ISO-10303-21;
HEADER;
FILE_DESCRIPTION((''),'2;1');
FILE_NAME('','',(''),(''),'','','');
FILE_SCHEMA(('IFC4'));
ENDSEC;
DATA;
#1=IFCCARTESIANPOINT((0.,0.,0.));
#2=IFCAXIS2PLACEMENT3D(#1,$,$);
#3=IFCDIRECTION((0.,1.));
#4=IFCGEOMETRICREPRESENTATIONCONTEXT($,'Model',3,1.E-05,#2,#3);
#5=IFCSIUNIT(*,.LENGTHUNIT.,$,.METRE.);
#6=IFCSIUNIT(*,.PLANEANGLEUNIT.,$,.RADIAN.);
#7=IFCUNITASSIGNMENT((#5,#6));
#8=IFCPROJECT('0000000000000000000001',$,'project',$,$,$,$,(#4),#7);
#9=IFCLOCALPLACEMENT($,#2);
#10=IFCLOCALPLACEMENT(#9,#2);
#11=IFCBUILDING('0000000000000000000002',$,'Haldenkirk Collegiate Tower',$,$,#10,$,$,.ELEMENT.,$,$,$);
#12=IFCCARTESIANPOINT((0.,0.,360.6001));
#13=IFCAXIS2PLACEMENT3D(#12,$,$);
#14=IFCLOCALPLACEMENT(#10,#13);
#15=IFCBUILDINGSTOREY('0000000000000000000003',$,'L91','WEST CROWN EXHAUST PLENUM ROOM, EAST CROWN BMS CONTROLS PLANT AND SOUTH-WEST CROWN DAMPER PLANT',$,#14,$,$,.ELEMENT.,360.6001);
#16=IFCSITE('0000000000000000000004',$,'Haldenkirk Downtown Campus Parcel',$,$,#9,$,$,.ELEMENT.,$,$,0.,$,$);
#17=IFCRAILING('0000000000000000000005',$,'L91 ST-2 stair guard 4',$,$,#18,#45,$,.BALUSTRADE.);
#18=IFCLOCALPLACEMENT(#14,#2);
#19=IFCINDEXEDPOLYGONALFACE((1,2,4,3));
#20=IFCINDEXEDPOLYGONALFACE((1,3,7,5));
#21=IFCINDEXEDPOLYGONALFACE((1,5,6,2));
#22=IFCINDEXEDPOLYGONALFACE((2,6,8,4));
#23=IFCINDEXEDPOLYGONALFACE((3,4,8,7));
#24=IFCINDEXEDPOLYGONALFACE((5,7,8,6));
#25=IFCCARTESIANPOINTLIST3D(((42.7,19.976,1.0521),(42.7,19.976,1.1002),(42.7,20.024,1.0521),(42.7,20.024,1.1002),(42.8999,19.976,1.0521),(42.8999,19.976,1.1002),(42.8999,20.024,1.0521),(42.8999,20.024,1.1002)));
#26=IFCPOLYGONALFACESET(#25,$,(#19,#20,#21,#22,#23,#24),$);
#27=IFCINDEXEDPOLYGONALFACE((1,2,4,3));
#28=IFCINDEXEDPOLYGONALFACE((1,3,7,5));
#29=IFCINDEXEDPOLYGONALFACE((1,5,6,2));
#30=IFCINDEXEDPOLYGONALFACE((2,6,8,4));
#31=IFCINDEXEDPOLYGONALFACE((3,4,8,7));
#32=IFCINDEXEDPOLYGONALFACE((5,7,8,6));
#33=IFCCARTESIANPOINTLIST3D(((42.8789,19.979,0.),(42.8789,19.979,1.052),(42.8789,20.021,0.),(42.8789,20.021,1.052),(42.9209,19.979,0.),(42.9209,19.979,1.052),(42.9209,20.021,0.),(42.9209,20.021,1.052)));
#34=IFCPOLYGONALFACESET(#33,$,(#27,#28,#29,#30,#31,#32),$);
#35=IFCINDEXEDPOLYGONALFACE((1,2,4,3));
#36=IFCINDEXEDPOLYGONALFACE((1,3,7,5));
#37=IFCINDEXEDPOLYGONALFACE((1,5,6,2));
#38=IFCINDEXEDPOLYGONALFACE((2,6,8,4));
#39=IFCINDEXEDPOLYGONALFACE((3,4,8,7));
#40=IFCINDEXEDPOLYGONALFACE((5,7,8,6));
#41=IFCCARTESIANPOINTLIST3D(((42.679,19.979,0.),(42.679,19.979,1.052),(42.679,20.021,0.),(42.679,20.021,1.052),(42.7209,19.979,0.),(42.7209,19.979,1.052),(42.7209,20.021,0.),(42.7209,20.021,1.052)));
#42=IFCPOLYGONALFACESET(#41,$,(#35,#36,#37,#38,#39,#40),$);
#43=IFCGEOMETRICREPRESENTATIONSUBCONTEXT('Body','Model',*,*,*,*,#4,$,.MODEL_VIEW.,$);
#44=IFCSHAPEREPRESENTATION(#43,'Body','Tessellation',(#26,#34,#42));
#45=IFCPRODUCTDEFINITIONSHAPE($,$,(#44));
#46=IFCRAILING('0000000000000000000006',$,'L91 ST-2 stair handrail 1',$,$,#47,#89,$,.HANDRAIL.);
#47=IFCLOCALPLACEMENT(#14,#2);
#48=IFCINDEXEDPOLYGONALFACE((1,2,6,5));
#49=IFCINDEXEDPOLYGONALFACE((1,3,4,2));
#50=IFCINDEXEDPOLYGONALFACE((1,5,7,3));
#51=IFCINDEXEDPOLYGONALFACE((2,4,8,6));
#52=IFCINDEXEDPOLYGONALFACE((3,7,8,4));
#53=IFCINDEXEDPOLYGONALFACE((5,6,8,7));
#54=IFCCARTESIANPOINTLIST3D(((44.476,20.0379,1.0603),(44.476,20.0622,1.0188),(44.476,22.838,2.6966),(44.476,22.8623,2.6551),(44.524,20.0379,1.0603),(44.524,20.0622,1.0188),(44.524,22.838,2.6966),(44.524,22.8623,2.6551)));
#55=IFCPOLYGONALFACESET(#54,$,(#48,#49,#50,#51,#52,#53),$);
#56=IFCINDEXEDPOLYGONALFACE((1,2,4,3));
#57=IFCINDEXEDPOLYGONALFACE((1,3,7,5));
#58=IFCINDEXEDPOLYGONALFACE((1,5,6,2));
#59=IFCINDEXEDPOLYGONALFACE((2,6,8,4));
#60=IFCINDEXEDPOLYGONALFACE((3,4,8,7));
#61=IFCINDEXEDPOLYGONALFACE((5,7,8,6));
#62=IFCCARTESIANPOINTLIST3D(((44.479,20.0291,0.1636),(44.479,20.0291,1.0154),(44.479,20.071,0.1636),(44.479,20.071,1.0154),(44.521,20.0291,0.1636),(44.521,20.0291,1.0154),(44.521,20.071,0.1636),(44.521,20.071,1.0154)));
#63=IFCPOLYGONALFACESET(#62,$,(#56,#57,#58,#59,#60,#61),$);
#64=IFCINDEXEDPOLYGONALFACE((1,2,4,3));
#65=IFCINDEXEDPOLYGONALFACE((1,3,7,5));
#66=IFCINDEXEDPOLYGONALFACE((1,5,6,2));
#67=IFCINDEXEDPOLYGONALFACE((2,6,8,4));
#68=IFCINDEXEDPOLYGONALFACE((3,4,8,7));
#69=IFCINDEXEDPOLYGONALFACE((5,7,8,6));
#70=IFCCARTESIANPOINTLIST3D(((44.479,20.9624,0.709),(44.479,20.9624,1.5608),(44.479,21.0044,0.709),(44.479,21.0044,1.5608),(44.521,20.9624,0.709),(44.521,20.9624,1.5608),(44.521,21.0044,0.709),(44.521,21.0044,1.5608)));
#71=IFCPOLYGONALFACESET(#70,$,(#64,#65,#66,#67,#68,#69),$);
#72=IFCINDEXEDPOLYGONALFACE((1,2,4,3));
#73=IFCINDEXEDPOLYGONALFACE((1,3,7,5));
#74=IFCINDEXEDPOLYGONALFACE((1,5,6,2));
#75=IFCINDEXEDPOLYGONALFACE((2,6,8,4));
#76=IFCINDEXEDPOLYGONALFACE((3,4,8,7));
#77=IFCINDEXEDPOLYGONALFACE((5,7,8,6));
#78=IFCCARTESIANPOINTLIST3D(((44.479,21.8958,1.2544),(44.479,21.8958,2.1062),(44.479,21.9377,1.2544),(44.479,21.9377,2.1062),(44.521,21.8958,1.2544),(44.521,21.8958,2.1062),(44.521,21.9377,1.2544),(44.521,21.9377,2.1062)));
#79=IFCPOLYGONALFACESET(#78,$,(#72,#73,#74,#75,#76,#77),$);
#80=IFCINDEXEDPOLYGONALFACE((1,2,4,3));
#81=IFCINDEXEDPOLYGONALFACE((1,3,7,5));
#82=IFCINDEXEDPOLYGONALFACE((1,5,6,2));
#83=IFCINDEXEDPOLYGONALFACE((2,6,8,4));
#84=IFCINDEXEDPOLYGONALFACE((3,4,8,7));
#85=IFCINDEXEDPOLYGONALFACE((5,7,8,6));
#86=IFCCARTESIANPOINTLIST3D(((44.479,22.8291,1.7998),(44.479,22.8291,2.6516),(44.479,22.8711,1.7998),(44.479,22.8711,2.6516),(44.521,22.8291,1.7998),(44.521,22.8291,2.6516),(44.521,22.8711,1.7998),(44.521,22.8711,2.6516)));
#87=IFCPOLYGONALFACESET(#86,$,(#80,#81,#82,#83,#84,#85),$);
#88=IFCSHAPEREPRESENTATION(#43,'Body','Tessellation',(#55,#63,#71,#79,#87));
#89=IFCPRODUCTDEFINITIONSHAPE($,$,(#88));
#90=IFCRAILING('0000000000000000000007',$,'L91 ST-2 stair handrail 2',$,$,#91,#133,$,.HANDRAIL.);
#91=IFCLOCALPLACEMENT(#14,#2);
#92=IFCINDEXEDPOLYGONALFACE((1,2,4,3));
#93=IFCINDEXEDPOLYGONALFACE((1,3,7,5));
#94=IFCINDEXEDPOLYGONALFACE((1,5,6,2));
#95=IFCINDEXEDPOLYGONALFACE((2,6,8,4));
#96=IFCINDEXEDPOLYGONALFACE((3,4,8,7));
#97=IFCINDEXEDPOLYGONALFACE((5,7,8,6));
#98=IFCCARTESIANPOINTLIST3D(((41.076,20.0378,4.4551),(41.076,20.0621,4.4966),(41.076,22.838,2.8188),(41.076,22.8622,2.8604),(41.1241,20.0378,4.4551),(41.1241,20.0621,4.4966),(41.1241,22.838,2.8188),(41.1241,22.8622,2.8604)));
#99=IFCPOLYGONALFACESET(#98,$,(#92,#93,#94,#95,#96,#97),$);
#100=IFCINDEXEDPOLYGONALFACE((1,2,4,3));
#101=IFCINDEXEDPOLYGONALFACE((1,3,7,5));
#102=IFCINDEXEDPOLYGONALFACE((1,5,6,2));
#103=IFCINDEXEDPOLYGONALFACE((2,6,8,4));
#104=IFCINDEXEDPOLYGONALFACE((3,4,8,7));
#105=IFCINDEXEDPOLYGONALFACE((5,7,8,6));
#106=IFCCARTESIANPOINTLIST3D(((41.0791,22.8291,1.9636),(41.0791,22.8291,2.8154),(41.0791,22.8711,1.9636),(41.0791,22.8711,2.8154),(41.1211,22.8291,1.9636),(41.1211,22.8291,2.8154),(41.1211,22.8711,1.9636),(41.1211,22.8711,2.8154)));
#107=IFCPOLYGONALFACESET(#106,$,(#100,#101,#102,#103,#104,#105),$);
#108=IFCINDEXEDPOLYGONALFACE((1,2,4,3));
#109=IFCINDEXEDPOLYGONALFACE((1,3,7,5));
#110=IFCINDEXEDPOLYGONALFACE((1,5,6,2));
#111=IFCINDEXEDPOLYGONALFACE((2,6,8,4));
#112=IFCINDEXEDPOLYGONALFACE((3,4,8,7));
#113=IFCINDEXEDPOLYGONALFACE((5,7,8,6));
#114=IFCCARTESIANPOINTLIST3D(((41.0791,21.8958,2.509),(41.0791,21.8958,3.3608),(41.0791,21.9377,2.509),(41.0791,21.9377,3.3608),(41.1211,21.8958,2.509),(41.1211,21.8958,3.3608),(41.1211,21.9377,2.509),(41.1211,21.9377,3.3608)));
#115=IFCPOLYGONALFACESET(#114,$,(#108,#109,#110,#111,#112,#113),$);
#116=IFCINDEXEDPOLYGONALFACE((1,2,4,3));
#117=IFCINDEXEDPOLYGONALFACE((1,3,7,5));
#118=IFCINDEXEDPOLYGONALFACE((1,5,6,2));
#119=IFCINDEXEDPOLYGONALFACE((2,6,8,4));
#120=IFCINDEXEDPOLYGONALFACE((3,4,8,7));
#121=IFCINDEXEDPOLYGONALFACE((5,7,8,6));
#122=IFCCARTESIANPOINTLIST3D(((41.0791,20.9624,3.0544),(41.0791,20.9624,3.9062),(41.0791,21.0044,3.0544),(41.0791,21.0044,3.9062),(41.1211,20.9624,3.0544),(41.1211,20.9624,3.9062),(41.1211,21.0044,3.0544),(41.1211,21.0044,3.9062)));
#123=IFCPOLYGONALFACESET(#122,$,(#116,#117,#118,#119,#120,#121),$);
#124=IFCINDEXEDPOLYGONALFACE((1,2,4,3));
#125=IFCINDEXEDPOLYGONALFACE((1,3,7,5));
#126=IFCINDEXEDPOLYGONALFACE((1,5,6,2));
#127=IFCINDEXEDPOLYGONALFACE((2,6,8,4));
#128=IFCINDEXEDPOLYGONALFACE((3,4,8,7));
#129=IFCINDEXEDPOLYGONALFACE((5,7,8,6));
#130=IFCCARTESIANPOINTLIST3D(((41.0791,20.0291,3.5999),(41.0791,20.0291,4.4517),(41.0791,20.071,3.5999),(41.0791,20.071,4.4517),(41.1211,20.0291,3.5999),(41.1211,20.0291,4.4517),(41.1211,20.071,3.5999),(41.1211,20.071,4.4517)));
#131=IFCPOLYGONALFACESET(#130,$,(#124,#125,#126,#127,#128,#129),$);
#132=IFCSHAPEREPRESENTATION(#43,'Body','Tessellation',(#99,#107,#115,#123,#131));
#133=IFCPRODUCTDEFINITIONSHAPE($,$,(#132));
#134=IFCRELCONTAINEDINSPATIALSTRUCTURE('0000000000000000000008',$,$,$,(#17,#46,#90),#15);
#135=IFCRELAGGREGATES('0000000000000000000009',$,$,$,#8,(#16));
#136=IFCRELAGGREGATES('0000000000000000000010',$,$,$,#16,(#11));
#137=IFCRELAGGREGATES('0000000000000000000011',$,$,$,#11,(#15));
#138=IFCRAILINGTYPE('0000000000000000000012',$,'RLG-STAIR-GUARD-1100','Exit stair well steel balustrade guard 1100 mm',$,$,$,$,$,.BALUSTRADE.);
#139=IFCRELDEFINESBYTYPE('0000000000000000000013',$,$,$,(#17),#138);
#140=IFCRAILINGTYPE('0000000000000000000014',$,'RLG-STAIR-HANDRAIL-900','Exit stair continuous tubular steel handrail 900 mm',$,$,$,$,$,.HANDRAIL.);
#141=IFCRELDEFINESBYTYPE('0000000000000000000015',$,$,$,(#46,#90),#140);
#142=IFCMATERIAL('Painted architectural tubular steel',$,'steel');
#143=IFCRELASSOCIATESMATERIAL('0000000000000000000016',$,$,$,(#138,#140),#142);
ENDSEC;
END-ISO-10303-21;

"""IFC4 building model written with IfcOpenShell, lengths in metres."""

from ifc_helpers import new_model, si_unit, direction, frame, origin, origin_2d, place, context, subcontext, project, spatial, rectangle, extrude, material, type_object, element, save


model = new_model("IFC4")

# Units and contexts
model_context = context("Model", 3, precision=1e-05, world=origin(), true_north=direction((0.0, 1.0)))
body_context = subcontext(model_context, "Body", "Model", "MODEL_VIEW")
ifc_project = project(units=[si_unit("LENGTHUNIT", "METRE"), si_unit("PLANEANGLEUNIT", "RADIAN")], contexts=[model_context])

# Site, building, storey
site_placement = place(None, origin())
site = spatial("IfcSite", under=ifc_project, at=site_placement, Name="Haldenkirk Downtown Campus Parcel", CompositionType="ELEMENT", RefElevation=0.0)
building_placement = place(site_placement, origin())
building = spatial("IfcBuilding", under=site, at=building_placement, Name="Haldenkirk Collegiate Tower", CompositionType="ELEMENT")
storey_placement = place(building_placement, frame((0.0, 0.0, 360.6001)))
storey = spatial("IfcBuildingStorey", under=building, at=storey_placement, Name="L91", Description="WEST CROWN EXHAUST PLENUM ROOM, EAST CROWN BMS CONTROLS PLANT AND SOUTH-WEST CROWN DAMPER PLANT", CompositionType="ELEMENT", Elevation=360.6001)

# Railings
ifc_material_1 = material(Name="Painted architectural tubular steel", Category="steel")
railing_type_1 = type_object("IfcRailingType", Name="RLG-STAIR-GUARD-1100", Description="Exit stair well steel balustrade guard 1100 mm", PredefinedType="BALUSTRADE", material=ifc_material_1)
railing_1_placement = place(storey_placement, frame((42.8999, 20.0, 0.0)))
element("IfcRailing", 1, at=railing_1_placement, inside=storey, type_object=railing_type_1, Name="L91 ST-2 stair guard 4", PredefinedType="BALUSTRADE", context=body_context, shape_type="SweptSolid", body=[
    extrude(rectangle(XDim=0.0481, YDim=0.0481, at=origin_2d()), frame((0.0, 0.0, 1.0762), z_axis=(-1.0, 0.0, 0.0), x_axis=(0.0, -1.0, 0.0)), (0.0, 0.0, 1.0), 0.2),
    extrude(rectangle(XDim=0.042, YDim=0.042, at=origin_2d()), origin(), (0.0, 0.0, 1.0), 1.052),
    extrude(rectangle(XDim=0.042, YDim=0.042, at=origin_2d()), frame((-0.2, 0.0, 0.0)), (0.0, 0.0, 1.0), 1.052),
])
railing_type_2 = type_object("IfcRailingType", Name="RLG-STAIR-HANDRAIL-900", Description="Exit stair continuous tubular steel handrail 900 mm", PredefinedType="HANDRAIL", material=ifc_material_1)
railing_2_placement = place(storey_placement, frame((44.5, 20.05, 0.1636)))
element("IfcRailing", 2, at=railing_2_placement, inside=storey, type_object=railing_type_2, Name="L91 ST-2 stair handrail 1", PredefinedType="HANDRAIL", context=body_context, shape_type="SweptSolid", body=[
    extrude(rectangle(XDim=0.0481, YDim=0.0481, at=origin_2d()), frame((0.0, 0.0, 0.876), z_axis=(0.0, 0.863394, 0.504531), x_axis=(-1.0, 0.0, 0.0)), (0.0, 0.0, 1.0), 3.2432),
    extrude(rectangle(XDim=0.042, YDim=0.042, at=origin_2d()), origin(), (0.0, 0.0, 1.0), 0.8518),
    extrude(rectangle(XDim=0.042, YDim=0.042, at=origin_2d()), frame((0.0, 0.9333, 0.5454)), (0.0, 0.0, 1.0), 0.8518),
    extrude(rectangle(XDim=0.042, YDim=0.042, at=origin_2d()), frame((0.0, 1.8667, 1.0908)), (0.0, 0.0, 1.0), 0.8518),
    extrude(rectangle(XDim=0.042, YDim=0.042, at=origin_2d()), frame((0.0, 2.8, 1.6362)), (0.0, 0.0, 1.0), 0.8518),
])
railing_3_placement = place(storey_placement, frame((41.1001, 22.8501, 1.9636)))
element("IfcRailing", 3, at=railing_3_placement, inside=storey, type_object=railing_type_2, Name="L91 ST-2 stair handrail 2", PredefinedType="HANDRAIL", context=body_context, shape_type="SweptSolid", body=[
    extrude(rectangle(XDim=0.0481, YDim=0.0481, at=origin_2d()), frame((0.0, 0.0, 0.876), z_axis=(0.0, -0.863394, 0.504531), x_axis=(1.0, 0.0, 0.0)), (0.0, 0.0, 1.0), 3.2432),
    extrude(rectangle(XDim=0.042, YDim=0.042, at=origin_2d()), origin(), (0.0, 0.0, 1.0), 0.8518),
    extrude(rectangle(XDim=0.042, YDim=0.042, at=origin_2d()), frame((0.0, -0.9333, 0.5454)), (0.0, 0.0, 1.0), 0.8518),
    extrude(rectangle(XDim=0.042, YDim=0.042, at=origin_2d()), frame((0.0, -1.8667, 1.0908)), (0.0, 0.0, 1.0), 0.8518),
    extrude(rectangle(XDim=0.042, YDim=0.042, at=origin_2d()), frame((0.0, -2.8, 1.6362)), (0.0, 0.0, 1.0), 0.8518),
])

save(model, "model.ifc")
